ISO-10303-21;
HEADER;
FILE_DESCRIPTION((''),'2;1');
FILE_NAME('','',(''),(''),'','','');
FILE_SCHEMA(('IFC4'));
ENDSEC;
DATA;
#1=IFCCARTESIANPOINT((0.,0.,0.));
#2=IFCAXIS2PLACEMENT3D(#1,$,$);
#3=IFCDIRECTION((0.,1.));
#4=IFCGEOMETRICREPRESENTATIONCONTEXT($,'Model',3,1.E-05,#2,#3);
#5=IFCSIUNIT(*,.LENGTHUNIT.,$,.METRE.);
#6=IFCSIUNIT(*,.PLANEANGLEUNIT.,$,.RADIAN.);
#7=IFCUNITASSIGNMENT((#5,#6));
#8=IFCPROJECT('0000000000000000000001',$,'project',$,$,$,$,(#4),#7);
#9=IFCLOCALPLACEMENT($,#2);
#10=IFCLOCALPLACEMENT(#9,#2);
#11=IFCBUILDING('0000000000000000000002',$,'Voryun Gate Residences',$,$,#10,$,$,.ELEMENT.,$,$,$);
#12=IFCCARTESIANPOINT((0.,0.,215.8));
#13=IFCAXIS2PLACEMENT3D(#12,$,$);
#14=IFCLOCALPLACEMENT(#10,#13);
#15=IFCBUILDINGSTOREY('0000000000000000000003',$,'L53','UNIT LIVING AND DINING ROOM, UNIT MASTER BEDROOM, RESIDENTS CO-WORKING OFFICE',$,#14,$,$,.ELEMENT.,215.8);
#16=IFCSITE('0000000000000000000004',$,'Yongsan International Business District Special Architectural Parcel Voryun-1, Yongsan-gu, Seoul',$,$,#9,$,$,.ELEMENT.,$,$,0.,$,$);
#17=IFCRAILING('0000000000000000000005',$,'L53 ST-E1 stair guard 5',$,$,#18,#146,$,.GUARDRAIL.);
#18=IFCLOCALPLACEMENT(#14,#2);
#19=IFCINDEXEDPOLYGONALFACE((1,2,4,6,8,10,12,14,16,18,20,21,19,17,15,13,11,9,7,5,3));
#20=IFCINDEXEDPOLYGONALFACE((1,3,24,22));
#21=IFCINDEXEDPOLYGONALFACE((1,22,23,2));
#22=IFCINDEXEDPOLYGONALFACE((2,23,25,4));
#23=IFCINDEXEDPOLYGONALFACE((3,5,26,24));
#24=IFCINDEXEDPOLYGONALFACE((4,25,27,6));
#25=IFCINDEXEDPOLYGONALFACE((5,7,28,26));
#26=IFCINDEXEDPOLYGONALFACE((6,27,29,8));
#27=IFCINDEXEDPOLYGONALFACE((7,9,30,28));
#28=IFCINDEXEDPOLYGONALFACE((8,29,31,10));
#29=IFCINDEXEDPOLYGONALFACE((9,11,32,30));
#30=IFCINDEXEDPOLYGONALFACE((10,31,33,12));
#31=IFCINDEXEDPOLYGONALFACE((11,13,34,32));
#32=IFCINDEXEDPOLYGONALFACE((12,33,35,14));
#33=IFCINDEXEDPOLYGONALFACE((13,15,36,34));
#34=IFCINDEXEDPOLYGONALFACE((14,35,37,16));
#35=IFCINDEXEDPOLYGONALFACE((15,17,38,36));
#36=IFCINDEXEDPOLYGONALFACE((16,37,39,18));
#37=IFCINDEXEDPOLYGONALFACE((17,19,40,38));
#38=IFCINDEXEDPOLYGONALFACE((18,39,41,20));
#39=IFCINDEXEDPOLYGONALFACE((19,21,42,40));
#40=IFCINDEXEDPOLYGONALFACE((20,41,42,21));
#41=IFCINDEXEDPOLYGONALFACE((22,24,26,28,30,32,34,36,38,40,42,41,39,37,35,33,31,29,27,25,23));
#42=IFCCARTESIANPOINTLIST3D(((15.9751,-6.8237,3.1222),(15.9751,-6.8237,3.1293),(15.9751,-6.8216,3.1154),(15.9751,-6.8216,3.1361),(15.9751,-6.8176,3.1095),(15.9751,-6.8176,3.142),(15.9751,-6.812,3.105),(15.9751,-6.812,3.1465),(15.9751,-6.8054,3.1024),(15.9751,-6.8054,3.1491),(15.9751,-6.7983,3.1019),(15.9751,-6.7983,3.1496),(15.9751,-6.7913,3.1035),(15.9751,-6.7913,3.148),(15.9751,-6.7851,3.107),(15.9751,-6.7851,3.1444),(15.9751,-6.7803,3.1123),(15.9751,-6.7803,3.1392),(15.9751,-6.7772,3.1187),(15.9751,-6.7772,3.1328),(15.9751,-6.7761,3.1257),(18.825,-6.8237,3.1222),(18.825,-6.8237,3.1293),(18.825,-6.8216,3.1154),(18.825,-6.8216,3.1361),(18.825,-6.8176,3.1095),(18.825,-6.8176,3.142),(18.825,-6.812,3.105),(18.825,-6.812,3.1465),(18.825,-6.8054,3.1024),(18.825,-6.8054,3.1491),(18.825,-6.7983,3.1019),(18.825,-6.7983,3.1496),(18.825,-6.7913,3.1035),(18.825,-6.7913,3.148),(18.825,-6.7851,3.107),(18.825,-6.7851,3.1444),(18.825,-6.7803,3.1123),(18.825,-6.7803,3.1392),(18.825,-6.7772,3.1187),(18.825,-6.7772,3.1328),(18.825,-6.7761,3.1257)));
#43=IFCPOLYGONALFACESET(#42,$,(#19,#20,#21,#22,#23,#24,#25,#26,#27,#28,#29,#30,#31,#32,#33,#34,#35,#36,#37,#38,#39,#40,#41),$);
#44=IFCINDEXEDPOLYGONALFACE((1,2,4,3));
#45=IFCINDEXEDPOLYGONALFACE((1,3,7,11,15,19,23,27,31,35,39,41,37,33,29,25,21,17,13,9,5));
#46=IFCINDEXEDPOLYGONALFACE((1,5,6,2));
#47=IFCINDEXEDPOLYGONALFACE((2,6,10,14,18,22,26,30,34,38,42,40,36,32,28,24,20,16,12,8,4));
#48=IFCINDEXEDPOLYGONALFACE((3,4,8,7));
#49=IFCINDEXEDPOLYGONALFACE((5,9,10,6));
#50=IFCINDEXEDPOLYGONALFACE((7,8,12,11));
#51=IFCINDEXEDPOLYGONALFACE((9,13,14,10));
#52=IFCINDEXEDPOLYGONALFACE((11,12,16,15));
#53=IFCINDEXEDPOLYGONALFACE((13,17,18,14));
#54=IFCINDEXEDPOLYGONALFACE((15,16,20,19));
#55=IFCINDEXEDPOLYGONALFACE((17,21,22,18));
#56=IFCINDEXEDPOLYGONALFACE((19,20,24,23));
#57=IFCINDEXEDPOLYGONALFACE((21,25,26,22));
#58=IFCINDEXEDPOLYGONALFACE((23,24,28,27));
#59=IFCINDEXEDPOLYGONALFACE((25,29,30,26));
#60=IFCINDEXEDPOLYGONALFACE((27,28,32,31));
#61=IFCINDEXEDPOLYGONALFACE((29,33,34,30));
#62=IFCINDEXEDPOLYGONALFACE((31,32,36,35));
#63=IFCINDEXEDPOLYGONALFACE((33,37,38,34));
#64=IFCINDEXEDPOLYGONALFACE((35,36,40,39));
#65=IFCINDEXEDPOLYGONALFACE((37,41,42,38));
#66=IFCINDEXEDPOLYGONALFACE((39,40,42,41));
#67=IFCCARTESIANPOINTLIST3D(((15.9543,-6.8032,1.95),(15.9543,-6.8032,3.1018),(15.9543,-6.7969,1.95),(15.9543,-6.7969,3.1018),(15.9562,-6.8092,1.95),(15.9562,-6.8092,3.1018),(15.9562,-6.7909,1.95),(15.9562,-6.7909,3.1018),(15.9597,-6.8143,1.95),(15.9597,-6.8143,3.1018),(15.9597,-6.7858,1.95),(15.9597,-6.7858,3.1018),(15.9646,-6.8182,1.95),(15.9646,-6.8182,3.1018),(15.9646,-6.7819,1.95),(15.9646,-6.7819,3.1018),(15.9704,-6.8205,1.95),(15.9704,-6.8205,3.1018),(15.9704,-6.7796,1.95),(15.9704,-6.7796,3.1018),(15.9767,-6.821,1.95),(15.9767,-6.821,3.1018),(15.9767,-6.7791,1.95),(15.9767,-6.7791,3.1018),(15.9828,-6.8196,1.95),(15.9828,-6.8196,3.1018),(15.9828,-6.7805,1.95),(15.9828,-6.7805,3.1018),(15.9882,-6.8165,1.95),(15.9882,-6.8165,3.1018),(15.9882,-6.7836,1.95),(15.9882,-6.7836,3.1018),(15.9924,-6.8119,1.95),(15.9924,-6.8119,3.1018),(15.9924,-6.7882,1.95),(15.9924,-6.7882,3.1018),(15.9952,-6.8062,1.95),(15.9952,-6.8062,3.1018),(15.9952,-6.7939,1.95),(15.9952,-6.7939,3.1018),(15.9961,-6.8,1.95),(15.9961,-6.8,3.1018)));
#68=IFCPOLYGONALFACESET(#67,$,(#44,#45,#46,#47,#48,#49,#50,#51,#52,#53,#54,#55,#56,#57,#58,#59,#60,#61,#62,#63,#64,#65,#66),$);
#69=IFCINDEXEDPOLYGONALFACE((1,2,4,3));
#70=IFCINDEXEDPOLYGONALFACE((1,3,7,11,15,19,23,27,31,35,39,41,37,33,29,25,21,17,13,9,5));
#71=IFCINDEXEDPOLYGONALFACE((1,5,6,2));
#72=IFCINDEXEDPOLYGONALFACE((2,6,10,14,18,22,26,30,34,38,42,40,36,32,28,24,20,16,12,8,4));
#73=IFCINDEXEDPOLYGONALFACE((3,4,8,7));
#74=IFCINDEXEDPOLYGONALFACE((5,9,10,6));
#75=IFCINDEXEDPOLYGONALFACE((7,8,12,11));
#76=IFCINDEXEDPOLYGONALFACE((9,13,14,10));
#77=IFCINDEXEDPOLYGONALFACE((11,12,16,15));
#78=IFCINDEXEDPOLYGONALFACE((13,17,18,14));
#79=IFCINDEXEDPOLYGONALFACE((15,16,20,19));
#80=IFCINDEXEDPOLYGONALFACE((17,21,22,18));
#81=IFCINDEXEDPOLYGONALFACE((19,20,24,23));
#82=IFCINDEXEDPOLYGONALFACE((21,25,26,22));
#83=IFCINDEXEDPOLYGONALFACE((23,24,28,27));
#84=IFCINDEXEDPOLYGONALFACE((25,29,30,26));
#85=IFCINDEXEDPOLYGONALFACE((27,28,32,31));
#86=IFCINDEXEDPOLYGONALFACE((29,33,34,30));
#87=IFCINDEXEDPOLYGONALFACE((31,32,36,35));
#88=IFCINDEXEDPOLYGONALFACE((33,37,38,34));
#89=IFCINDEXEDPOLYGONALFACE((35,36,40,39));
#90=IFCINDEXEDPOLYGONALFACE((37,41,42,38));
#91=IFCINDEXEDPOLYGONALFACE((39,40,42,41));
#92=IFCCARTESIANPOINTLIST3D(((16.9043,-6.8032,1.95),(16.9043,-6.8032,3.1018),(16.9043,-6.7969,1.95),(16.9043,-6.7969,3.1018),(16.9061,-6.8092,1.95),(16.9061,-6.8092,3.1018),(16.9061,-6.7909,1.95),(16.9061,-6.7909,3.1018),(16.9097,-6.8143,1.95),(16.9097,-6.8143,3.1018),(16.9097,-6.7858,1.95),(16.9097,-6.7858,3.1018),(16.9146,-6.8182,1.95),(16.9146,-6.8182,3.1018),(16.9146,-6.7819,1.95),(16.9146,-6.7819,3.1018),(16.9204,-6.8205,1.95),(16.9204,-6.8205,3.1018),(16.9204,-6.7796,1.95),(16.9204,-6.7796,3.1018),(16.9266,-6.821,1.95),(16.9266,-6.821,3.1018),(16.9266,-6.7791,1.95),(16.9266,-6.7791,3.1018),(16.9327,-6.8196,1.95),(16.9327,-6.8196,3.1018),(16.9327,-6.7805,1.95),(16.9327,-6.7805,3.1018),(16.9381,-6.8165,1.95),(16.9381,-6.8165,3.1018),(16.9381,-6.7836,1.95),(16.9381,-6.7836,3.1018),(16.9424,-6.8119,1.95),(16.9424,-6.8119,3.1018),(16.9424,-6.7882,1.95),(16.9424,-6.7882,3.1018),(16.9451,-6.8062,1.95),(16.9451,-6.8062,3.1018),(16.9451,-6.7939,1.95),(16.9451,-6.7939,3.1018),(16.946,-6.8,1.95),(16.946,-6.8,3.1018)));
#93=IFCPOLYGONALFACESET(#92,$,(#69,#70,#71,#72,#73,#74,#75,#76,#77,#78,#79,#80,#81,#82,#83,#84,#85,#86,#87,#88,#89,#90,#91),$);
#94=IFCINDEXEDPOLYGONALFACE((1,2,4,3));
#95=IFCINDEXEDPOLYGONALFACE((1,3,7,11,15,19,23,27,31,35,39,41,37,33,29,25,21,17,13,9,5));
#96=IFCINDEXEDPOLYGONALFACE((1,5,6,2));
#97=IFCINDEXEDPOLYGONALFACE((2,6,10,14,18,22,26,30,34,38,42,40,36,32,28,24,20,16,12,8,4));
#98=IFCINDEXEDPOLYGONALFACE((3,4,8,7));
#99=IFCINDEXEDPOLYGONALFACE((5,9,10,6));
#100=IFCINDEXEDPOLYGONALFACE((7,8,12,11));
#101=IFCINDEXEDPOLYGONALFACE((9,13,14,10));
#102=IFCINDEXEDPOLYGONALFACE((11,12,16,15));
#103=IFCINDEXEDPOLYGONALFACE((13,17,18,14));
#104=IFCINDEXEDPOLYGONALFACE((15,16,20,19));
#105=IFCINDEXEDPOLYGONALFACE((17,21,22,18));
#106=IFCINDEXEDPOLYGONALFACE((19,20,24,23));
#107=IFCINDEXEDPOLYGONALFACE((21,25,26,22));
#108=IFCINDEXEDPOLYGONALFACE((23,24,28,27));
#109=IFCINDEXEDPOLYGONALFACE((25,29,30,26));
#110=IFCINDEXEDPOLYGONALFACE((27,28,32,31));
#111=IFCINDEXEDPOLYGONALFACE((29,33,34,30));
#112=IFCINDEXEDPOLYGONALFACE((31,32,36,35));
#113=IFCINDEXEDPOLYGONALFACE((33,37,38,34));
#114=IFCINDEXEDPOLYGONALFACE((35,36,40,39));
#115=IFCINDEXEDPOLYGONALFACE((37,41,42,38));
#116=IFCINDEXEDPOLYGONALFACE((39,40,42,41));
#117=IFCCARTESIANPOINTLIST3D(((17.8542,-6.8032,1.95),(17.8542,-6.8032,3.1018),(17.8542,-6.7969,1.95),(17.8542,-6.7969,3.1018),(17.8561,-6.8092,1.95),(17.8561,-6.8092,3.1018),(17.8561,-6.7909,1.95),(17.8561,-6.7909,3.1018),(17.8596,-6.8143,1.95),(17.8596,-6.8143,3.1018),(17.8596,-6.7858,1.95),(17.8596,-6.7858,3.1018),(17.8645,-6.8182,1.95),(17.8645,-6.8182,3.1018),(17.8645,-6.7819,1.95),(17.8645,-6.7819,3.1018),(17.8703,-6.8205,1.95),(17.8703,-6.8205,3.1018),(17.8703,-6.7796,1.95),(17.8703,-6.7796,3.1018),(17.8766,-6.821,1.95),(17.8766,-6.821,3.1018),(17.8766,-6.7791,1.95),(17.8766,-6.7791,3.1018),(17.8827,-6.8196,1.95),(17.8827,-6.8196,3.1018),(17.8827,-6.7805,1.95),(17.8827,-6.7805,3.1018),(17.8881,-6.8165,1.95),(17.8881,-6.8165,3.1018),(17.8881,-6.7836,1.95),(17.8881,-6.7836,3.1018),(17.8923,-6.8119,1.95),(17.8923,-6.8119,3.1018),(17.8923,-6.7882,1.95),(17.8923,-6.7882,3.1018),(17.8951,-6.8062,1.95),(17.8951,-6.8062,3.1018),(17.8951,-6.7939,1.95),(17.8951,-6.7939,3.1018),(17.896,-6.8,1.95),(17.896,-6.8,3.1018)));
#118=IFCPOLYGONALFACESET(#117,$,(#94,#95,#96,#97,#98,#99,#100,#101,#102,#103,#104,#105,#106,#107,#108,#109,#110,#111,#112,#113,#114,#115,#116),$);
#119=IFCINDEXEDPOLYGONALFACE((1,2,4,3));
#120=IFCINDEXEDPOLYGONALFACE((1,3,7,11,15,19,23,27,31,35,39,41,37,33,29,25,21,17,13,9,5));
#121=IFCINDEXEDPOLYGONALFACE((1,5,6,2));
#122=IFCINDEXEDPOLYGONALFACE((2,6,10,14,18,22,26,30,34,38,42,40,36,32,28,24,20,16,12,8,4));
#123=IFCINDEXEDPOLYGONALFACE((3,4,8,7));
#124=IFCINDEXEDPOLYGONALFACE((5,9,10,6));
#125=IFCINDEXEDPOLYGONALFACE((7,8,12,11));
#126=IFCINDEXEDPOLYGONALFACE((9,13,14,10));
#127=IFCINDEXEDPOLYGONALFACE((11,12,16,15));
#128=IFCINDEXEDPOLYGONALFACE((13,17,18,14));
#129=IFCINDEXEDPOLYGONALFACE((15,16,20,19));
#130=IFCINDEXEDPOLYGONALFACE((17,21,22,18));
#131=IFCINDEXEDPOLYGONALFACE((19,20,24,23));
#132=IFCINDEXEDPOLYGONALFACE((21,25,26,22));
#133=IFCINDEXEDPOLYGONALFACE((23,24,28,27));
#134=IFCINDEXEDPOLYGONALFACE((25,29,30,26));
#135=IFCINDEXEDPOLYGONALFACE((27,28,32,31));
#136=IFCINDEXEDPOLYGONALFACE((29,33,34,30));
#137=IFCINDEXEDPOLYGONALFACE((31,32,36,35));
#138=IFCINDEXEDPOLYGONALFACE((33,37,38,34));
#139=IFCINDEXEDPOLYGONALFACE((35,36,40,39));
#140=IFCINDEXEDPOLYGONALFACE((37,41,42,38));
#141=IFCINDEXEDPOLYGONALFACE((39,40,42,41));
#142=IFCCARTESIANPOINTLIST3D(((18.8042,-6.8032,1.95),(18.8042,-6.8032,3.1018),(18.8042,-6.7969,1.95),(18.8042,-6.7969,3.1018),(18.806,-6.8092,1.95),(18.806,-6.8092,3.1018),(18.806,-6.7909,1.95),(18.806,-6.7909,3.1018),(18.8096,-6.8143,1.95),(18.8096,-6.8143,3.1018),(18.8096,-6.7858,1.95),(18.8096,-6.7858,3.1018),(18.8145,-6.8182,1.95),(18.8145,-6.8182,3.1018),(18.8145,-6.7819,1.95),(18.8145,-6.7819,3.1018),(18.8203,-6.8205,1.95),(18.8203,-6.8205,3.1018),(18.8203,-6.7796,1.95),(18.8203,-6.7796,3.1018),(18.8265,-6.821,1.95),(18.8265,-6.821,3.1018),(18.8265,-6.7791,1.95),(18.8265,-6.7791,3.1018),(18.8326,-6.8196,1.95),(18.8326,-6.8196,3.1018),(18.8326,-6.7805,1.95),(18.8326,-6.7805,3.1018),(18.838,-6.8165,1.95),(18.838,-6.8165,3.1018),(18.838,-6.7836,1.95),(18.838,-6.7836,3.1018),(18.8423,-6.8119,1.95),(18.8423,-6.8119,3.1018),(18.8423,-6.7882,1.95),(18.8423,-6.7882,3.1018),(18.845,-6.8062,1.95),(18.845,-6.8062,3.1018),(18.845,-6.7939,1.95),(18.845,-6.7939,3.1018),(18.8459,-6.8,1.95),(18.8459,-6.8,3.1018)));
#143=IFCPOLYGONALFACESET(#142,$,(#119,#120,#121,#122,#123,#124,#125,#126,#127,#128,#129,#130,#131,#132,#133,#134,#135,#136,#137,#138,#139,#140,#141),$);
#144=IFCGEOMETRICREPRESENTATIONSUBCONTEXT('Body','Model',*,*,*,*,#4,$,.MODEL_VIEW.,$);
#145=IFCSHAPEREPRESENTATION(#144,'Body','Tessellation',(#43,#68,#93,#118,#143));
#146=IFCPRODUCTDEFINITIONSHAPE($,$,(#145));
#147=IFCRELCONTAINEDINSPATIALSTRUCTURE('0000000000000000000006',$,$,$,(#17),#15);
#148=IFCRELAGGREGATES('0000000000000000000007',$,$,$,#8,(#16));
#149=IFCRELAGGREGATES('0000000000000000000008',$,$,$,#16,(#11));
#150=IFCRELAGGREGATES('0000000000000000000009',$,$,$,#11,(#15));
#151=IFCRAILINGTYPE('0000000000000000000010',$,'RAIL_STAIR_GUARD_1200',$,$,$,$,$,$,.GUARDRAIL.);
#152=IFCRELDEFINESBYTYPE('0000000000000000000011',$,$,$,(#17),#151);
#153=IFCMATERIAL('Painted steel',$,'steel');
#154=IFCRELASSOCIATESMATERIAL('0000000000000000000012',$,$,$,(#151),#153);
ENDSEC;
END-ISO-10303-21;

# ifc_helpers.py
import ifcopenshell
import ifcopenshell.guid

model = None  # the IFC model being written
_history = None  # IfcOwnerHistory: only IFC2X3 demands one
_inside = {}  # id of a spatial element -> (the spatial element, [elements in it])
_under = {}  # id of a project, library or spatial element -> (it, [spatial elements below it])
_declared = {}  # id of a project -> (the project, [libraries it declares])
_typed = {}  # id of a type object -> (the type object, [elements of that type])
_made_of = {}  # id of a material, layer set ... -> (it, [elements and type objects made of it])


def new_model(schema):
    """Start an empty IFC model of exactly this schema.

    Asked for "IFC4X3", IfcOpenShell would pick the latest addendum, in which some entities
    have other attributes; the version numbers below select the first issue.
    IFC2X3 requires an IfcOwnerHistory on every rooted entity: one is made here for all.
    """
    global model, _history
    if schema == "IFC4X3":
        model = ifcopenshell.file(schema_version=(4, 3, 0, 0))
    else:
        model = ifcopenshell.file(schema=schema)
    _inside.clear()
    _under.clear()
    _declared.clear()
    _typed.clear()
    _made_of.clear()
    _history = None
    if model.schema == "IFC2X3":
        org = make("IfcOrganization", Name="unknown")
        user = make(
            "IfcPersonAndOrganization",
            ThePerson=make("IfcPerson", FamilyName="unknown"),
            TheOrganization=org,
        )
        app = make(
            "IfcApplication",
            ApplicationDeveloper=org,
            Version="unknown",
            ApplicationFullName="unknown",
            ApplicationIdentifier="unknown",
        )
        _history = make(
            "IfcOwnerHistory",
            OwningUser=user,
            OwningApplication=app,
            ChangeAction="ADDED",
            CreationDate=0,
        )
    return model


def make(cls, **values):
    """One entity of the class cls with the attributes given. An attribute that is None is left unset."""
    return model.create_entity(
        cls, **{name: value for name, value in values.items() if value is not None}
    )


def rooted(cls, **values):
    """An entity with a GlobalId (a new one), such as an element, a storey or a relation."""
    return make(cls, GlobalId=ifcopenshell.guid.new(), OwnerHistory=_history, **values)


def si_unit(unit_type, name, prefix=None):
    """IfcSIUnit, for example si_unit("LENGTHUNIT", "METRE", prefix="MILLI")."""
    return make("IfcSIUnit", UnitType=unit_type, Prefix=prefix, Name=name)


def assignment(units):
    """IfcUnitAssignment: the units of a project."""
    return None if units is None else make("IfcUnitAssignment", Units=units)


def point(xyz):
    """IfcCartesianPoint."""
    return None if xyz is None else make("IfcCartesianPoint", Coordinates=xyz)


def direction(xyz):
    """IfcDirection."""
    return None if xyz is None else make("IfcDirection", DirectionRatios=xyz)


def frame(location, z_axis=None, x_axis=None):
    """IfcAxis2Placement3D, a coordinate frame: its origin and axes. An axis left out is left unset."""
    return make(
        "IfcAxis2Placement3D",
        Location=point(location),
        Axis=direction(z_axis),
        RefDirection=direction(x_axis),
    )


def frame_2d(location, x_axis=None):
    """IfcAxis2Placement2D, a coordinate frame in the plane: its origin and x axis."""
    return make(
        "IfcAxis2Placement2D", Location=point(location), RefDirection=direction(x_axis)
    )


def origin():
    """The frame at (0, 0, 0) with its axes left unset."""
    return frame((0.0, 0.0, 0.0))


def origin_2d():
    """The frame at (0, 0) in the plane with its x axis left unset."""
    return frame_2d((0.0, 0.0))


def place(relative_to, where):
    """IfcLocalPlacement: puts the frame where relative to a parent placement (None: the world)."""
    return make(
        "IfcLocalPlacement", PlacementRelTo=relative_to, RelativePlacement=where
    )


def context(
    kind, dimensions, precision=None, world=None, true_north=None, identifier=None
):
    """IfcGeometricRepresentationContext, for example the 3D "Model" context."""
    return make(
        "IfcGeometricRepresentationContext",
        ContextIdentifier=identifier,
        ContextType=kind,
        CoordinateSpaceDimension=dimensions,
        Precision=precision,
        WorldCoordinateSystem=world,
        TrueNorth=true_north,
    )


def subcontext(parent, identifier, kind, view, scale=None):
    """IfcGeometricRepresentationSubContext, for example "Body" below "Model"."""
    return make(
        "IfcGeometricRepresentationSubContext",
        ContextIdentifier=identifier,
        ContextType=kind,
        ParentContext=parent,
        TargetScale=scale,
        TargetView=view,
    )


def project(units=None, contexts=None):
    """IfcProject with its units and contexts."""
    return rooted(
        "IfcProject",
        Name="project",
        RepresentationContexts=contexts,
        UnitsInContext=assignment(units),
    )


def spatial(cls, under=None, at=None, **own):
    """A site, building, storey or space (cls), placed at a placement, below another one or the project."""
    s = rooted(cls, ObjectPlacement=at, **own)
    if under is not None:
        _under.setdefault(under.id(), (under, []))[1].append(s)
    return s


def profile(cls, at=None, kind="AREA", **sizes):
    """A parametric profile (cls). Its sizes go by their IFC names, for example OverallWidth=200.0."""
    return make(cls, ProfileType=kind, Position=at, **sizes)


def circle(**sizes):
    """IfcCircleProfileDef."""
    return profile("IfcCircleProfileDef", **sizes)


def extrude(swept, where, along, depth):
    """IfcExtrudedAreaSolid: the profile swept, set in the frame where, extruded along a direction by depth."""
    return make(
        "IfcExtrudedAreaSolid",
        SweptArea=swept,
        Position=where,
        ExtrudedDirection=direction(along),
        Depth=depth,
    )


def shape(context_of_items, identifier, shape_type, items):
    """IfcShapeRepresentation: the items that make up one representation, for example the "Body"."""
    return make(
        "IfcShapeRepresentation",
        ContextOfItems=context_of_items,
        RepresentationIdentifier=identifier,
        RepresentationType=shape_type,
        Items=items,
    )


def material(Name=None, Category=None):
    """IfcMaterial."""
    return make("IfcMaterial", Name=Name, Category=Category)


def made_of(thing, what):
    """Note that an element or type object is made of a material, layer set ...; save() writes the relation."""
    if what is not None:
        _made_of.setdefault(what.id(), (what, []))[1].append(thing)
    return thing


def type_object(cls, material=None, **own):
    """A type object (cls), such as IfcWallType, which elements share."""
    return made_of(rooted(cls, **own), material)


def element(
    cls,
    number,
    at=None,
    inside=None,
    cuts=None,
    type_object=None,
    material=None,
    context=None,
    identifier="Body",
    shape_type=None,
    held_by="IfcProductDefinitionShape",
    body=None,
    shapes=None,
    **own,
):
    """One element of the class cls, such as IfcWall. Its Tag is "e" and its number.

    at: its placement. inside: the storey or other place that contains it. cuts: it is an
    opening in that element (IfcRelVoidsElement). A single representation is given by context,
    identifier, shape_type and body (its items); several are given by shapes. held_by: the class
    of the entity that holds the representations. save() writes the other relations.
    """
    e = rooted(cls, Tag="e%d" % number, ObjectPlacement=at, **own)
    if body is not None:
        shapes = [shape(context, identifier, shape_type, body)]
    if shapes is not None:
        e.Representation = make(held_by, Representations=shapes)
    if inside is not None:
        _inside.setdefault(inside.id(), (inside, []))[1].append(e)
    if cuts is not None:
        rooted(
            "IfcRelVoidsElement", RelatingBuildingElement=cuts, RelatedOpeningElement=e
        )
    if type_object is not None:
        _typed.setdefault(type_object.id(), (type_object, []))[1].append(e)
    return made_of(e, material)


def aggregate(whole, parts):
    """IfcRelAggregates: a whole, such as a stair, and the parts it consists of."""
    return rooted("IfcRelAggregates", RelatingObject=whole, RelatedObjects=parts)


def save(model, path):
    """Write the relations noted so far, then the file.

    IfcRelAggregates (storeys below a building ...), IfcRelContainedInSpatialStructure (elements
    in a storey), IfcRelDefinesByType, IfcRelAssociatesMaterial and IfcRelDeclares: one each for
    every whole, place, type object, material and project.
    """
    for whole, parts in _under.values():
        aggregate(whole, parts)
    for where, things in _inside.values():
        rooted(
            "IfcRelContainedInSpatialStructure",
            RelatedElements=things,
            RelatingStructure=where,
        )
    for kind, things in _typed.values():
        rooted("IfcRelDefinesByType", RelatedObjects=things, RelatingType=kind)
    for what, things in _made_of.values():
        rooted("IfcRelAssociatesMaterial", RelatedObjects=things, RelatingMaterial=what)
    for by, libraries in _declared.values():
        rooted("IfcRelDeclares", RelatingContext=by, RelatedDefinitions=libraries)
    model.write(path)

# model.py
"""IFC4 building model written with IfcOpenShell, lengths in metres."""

from ifc_helpers import new_model, si_unit, direction, frame, origin, origin_2d, place, context, subcontext, project, spatial, circle, extrude, material, type_object, element, save


model = new_model("IFC4")

# Units and contexts
model_context = context("Model", 3, precision=1e-05, world=origin(), true_north=direction((0.0, 1.0)))
body_context = subcontext(model_context, "Body", "Model", "MODEL_VIEW")
ifc_project = project(units=[si_unit("LENGTHUNIT", "METRE"), si_unit("PLANEANGLEUNIT", "RADIAN")], contexts=[model_context])

# Site, building, storey
site_placement = place(None, origin())
site = spatial("IfcSite", under=ifc_project, at=site_placement, Name="Yongsan International Business District Special Architectural Parcel Voryun-1, Yongsan-gu, Seoul", CompositionType="ELEMENT", RefElevation=0.0)
building_placement = place(site_placement, origin())
building = spatial("IfcBuilding", under=site, at=building_placement, Name="Voryun Gate Residences", CompositionType="ELEMENT")
storey_placement = place(building_placement, frame((0.0, 0.0, 215.8)))
storey = spatial("IfcBuildingStorey", under=building, at=storey_placement, Name="L53", Description="UNIT LIVING AND DINING ROOM, UNIT MASTER BEDROOM, RESIDENTS CO-WORKING OFFICE", CompositionType="ELEMENT", Elevation=215.8)

# Railing
ifc_material_1 = material(Name="Painted steel", Category="steel")
railing_type = type_object("IfcRailingType", Name="RAIL_STAIR_GUARD_1200", PredefinedType="GUARDRAIL", material=ifc_material_1)
railing_1_placement = place(storey_placement, frame((15.9751, -6.8, 1.95)))
element("IfcRailing", 1, at=railing_1_placement, inside=storey, type_object=railing_type, Name="L53 ST-E1 stair guard 5", PredefinedType="GUARDRAIL", context=body_context, shape_type="SweptSolid", body=[
    extrude(circle(Radius=0.0239, at=origin_2d()), frame((0.0, 0.0, 1.1758), z_axis=(1.0, 0.0, 0.0), x_axis=(0.0, 1.0, 0.0)), (0.0, 0.0, 1.0), 2.8499),
    extrude(circle(Radius=0.021, at=origin_2d()), origin(), (0.0, 0.0, 1.0), 1.1519),
    extrude(circle(Radius=0.021, at=origin_2d()), frame((0.95, 0.0, 0.0)), (0.0, 0.0, 1.0), 1.1519),
    extrude(circle(Radius=0.021, at=origin_2d()), frame((1.8999, 0.0, 0.0)), (0.0, 0.0, 1.0), 1.1519),
    extrude(circle(Radius=0.021, at=origin_2d()), frame((2.8499, 0.0, 0.0)), (0.0, 0.0, 1.0), 1.1519),
])

save(model, "model.ifc")
